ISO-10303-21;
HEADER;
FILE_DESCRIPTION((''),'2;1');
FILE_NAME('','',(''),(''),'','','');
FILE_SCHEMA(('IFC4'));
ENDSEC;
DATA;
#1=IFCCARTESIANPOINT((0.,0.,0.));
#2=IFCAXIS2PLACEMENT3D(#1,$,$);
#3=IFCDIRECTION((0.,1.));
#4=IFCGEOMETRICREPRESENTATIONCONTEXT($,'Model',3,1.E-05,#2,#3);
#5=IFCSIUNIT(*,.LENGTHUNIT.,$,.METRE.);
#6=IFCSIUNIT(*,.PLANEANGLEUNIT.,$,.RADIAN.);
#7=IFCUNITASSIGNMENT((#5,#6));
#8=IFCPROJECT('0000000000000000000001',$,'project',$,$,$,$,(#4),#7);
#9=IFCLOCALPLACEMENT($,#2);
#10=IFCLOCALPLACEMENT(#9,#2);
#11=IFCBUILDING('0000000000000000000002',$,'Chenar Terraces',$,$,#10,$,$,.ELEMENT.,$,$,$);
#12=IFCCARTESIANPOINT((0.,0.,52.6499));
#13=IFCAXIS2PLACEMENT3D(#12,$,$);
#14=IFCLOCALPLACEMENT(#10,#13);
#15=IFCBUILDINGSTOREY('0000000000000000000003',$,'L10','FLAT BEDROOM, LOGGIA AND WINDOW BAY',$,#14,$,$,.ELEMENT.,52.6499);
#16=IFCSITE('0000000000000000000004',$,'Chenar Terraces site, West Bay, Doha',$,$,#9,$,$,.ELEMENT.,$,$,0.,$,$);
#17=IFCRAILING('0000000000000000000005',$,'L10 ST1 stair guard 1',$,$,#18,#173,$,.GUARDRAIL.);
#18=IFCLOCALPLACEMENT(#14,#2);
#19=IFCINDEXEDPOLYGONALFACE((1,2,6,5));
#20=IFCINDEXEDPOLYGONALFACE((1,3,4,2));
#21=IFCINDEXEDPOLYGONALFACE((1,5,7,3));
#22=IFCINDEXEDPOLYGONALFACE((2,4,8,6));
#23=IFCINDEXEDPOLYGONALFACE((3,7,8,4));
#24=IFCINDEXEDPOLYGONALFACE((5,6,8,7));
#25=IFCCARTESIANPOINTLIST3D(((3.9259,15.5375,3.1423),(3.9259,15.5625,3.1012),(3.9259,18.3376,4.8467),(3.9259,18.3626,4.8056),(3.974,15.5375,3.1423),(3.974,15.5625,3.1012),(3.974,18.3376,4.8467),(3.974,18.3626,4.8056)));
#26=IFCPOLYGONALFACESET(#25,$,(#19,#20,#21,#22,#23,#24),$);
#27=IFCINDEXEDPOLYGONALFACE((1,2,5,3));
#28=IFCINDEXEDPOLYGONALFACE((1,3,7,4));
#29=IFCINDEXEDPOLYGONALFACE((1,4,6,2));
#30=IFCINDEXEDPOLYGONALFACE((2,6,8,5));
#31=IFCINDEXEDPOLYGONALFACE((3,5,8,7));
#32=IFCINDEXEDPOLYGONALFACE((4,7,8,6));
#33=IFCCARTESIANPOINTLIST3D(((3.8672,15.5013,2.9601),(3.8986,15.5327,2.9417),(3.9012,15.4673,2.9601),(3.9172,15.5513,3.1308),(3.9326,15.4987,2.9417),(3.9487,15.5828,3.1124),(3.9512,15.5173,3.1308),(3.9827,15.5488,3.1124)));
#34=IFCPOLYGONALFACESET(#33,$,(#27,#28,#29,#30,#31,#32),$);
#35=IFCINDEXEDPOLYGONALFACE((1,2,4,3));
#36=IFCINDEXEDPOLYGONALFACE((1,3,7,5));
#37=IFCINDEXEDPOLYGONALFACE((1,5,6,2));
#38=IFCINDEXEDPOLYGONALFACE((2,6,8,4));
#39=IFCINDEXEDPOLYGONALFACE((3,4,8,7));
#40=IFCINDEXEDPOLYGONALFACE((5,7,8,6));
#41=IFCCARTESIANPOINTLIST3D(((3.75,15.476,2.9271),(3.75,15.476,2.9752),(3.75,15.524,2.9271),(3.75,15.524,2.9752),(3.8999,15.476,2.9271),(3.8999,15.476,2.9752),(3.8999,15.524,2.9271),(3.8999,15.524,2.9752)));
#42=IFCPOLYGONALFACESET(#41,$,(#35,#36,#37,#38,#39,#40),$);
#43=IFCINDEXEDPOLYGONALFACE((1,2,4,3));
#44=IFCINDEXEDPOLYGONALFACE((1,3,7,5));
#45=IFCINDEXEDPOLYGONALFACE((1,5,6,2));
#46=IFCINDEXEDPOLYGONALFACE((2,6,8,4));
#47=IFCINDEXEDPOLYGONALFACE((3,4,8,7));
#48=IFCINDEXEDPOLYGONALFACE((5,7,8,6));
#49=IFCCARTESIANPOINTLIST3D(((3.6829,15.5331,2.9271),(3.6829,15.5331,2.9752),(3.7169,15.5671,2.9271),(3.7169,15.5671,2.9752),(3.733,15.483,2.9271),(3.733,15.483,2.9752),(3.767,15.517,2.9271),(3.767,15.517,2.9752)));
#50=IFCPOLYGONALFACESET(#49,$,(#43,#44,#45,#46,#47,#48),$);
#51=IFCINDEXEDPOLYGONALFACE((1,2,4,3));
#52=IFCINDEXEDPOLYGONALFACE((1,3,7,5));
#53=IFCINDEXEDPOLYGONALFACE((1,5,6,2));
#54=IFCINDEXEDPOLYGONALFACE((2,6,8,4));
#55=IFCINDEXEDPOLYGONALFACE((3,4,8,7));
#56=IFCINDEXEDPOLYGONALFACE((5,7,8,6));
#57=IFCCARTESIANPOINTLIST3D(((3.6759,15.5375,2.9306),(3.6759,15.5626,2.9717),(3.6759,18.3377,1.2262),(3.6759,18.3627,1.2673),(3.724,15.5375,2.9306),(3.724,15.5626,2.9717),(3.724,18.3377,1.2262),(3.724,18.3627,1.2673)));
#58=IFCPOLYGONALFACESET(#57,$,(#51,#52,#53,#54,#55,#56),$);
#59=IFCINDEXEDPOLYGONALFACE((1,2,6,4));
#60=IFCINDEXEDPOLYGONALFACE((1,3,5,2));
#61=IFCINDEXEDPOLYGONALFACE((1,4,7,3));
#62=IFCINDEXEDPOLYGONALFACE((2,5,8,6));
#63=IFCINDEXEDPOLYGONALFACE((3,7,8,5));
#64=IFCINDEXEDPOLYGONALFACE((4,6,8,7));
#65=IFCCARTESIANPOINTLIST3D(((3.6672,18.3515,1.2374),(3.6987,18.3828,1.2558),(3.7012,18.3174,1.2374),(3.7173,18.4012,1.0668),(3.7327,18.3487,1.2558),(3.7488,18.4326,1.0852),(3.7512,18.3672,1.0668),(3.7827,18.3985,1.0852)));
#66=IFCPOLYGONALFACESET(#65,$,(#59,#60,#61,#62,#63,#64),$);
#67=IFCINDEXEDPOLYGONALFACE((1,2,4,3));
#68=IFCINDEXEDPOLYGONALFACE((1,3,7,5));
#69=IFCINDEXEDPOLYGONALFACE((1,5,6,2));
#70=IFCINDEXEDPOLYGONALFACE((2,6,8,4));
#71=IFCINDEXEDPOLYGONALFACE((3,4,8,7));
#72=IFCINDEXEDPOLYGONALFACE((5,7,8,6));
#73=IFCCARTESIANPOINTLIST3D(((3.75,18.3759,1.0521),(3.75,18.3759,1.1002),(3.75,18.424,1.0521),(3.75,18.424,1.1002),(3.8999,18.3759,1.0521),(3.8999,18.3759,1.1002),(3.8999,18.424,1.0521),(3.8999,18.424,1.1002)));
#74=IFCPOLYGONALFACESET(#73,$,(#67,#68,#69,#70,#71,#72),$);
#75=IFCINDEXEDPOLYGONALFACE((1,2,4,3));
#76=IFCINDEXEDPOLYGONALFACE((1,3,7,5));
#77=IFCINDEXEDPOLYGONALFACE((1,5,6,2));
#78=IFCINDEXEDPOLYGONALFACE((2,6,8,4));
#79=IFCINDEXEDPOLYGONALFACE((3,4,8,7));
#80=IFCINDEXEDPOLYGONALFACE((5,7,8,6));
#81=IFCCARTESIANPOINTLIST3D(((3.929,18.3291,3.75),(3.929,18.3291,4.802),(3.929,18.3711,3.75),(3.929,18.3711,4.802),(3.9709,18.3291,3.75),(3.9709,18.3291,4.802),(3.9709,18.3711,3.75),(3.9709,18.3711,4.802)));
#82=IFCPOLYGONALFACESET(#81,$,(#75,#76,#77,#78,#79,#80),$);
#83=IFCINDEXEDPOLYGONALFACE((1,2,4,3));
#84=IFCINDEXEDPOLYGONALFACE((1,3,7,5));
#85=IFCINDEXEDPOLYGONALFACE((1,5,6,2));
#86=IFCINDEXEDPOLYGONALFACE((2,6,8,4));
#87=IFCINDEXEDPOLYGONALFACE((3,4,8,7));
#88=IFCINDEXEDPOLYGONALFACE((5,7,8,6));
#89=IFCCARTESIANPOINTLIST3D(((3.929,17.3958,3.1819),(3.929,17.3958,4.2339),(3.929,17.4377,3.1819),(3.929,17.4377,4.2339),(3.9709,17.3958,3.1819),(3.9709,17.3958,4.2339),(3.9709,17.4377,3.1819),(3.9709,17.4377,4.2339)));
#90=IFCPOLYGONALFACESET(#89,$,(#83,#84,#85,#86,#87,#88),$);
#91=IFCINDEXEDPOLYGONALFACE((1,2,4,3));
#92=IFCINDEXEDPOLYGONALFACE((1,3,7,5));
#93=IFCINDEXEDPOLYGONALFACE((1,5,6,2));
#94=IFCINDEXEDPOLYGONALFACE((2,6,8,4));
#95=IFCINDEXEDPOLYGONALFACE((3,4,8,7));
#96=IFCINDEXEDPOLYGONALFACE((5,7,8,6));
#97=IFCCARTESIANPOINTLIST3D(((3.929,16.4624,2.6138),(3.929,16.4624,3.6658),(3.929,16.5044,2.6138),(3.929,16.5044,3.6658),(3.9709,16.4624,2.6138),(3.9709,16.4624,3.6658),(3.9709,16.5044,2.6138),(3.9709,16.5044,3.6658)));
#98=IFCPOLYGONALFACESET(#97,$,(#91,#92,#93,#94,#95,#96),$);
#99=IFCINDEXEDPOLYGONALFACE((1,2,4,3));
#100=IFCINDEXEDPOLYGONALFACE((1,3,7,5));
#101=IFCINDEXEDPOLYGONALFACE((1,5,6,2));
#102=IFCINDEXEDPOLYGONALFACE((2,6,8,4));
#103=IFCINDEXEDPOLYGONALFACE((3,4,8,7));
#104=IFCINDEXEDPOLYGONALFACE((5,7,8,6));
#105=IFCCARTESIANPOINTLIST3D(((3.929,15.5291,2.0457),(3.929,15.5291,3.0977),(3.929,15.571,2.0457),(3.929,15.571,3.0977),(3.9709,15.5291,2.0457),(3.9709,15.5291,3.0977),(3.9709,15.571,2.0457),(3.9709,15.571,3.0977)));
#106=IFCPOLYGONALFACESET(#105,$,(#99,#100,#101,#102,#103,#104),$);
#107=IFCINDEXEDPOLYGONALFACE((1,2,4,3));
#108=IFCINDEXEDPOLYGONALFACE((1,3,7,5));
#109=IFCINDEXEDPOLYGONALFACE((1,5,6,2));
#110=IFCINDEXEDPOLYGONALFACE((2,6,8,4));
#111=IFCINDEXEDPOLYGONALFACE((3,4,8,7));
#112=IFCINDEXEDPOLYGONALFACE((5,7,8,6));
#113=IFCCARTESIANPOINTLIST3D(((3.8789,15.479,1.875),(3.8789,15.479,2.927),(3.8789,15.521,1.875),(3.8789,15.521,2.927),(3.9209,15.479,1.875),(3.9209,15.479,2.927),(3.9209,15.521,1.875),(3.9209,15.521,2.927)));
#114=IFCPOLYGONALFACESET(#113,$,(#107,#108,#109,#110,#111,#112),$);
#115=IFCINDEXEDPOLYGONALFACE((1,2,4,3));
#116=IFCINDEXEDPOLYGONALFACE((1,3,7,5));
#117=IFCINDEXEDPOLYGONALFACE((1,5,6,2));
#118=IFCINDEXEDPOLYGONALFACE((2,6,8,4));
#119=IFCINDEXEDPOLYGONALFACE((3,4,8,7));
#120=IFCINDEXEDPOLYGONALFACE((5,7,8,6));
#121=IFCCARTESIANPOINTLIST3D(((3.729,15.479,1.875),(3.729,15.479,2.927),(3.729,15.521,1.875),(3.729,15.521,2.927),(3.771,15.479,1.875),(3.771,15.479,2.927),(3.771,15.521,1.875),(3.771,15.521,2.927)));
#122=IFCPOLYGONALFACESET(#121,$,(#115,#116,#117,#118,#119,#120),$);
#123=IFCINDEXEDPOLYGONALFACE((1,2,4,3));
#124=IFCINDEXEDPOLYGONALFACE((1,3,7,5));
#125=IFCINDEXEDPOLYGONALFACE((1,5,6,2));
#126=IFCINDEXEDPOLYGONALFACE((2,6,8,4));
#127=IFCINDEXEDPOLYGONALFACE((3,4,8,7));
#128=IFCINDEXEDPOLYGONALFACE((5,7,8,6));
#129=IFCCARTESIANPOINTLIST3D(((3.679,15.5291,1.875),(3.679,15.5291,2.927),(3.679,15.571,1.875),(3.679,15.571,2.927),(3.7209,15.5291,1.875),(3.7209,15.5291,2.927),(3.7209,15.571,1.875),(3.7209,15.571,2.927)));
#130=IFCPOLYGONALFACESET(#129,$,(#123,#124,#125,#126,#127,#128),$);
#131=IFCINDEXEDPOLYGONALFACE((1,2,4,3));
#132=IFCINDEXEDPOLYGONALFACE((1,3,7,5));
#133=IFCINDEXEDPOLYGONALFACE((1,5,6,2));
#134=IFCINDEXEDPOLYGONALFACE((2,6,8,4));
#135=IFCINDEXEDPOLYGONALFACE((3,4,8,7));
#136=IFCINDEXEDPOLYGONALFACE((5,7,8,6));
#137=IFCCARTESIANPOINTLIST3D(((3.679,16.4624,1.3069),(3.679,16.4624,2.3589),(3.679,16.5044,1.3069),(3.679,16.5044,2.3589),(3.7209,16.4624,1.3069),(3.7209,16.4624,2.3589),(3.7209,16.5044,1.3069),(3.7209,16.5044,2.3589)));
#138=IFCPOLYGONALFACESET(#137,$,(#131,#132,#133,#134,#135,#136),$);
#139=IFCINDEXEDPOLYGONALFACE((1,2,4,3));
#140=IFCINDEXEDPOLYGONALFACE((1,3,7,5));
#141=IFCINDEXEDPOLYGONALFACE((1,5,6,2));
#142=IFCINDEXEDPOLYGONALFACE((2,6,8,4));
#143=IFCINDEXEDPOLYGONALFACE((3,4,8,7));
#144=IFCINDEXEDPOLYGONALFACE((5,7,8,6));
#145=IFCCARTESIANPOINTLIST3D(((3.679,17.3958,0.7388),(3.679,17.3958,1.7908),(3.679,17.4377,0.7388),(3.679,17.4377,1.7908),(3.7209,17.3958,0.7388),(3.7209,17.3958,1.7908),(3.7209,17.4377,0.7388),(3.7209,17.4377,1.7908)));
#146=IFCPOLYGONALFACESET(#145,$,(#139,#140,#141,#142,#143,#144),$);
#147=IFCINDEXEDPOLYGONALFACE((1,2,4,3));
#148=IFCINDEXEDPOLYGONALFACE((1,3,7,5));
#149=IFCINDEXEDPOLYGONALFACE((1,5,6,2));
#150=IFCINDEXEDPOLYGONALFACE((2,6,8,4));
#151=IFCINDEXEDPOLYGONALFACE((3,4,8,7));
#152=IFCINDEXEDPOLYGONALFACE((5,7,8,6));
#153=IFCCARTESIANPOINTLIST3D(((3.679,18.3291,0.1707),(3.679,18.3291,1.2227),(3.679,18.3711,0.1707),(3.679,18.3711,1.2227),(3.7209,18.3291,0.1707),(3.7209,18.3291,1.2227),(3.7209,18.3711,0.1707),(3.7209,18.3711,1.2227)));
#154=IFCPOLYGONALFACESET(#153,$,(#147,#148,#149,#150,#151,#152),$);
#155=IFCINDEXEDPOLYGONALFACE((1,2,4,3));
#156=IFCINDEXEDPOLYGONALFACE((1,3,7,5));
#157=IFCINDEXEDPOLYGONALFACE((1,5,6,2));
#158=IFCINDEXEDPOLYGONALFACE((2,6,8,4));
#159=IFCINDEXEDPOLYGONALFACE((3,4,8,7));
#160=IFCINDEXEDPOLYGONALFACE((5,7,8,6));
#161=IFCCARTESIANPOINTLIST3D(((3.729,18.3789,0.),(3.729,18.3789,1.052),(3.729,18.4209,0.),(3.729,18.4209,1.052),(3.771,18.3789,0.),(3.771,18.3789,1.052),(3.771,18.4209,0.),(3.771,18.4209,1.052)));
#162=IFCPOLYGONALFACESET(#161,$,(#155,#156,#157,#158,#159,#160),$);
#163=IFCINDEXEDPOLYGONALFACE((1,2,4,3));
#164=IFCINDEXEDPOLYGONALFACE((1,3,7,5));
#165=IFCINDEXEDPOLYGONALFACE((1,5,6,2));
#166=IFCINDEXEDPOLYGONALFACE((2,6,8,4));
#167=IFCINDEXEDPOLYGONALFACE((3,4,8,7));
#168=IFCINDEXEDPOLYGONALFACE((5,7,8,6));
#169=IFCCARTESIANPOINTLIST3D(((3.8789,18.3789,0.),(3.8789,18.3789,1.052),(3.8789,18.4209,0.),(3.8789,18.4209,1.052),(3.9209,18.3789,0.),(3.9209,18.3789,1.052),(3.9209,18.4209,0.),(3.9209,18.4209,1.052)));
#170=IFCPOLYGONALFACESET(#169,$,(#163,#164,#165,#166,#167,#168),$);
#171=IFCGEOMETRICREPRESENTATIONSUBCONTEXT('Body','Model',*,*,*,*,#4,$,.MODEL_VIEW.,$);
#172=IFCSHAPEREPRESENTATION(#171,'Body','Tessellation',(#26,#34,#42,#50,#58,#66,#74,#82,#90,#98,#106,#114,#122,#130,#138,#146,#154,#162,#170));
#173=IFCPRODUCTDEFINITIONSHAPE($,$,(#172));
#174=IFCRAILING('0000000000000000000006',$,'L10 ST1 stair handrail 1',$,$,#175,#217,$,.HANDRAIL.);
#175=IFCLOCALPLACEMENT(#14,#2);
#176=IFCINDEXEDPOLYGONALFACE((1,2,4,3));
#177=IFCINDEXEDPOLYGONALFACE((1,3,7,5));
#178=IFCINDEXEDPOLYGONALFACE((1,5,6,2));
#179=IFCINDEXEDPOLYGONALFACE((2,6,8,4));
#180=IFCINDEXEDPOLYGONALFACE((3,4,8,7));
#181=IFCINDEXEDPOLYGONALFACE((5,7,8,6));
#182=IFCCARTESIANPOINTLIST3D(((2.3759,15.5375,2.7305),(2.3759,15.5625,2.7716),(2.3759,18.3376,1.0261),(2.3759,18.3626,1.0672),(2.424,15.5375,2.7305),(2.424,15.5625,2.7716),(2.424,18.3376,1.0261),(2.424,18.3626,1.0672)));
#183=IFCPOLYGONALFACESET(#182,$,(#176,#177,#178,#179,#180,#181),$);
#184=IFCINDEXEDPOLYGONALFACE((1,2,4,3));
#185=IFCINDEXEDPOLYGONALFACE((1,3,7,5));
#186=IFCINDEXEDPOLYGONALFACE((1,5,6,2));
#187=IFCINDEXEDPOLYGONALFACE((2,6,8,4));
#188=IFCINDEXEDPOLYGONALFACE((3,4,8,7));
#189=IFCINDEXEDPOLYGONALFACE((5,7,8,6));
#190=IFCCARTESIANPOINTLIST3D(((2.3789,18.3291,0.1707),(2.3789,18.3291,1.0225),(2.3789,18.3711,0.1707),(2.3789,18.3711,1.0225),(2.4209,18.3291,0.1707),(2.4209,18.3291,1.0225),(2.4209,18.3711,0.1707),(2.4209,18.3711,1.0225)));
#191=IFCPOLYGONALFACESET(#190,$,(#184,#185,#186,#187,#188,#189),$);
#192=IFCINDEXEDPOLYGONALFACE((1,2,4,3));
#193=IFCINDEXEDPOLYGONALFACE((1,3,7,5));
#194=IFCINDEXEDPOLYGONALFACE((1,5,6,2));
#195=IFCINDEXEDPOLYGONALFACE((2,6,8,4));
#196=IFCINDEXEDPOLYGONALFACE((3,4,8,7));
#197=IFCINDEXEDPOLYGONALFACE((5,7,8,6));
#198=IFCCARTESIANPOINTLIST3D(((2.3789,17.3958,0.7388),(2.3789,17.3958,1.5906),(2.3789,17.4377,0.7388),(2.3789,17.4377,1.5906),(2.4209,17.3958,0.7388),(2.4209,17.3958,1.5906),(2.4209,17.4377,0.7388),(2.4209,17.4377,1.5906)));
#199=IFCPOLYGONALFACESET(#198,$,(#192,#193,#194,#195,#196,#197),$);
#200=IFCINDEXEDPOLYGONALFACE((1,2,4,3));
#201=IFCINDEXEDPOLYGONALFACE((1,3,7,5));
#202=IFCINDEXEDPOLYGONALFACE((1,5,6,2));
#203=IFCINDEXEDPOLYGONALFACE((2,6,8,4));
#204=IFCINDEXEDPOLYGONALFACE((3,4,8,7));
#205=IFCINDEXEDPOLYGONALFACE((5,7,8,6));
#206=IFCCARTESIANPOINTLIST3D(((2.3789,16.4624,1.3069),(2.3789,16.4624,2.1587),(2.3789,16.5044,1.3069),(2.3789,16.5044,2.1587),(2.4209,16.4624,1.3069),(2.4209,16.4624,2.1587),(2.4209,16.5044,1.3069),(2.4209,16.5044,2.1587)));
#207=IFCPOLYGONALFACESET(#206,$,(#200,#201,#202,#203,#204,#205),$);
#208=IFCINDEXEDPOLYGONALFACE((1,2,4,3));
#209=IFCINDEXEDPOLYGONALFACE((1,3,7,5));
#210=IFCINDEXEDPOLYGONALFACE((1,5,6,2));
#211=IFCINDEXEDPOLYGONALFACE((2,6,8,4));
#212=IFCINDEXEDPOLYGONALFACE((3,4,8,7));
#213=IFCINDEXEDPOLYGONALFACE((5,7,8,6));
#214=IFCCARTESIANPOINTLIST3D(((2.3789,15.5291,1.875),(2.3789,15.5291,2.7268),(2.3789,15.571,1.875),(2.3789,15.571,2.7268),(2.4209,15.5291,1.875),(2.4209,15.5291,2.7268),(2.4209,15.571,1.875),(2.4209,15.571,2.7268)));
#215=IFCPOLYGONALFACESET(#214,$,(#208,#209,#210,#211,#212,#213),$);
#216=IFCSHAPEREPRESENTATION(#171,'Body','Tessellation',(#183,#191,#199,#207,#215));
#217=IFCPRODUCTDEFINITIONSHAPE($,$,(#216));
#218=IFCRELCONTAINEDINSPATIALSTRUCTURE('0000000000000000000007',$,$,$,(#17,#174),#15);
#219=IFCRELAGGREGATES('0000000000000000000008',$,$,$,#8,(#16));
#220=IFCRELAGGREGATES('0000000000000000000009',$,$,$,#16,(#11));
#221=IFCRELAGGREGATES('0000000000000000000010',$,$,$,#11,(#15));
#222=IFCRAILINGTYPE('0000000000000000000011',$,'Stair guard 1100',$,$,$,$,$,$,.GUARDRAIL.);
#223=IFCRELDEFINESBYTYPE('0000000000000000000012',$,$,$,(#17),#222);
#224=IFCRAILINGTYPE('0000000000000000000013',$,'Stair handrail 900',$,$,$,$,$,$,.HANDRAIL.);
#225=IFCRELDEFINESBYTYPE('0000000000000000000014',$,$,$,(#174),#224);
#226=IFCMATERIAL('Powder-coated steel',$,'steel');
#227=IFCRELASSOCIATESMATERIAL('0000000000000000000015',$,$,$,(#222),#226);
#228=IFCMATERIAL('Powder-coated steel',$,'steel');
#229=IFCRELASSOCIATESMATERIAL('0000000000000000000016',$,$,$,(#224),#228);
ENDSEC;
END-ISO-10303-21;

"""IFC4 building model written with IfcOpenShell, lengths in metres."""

from ifc_helpers import new_model, si_unit, direction, frame, origin, origin_2d, place, context, subcontext, project, spatial, rectangle, extrude, material, type_object, element, save


model = new_model("IFC4")

# Units and contexts
model_context = context("Model", 3, precision=1e-05, world=origin(), true_north=direction((0.0, 1.0)))
body_context = subcontext(model_context, "Body", "Model", "MODEL_VIEW")
ifc_project = project(units=[si_unit("LENGTHUNIT", "METRE"), si_unit("PLANEANGLEUNIT", "RADIAN")], contexts=[model_context])

# Site, building, storey
site_placement = place(None, origin())
site = spatial("IfcSite", under=ifc_project, at=site_placement, Name="Chenar Terraces site, West Bay, Doha", CompositionType="ELEMENT", RefElevation=0.0)
building_placement = place(site_placement, origin())
building = spatial("IfcBuilding", under=site, at=building_placement, Name="Chenar Terraces", CompositionType="ELEMENT")
storey_placement = place(building_placement, frame((0.0, 0.0, 52.6499)))
storey = spatial("IfcBuildingStorey", under=building, at=storey_placement, Name="L10", Description="FLAT BEDROOM, LOGGIA AND WINDOW BAY", CompositionType="ELEMENT", Elevation=52.6499)

# Railings
ifc_material_1 = material(Name="Powder-coated steel", Category="steel")
railing_type_1 = type_object("IfcRailingType", Name="Stair guard 1100", PredefinedType="GUARDRAIL", material=ifc_material_1)
railing_1_placement = place(storey_placement, frame((3.95, 18.3501, 3.75)))
element("IfcRailing", 1, at=railing_1_placement, inside=storey, type_object=railing_type_1, Name="L10 ST1 stair guard 1", PredefinedType="GUARDRAIL", context=body_context, shape_type="SweptSolid", body=[
    extrude(rectangle(XDim=0.0481, YDim=0.0481, at=origin_2d()), frame((0.0, 0.0, 1.0762), z_axis=(0.0, -0.854203, -0.51994), x_axis=(1.0, 0.0, 0.0)), (0.0, 0.0, 1.0), 3.2781),
    extrude(rectangle(XDim=0.0481, YDim=0.0481, at=origin_2d()), frame((0.0, -2.8, -0.6284), z_axis=(-0.2709, -0.2709, -0.923703), x_axis=(0.707107, -0.707107, 0.0)), (0.0, 0.0, 1.0), 0.1848),
    extrude(rectangle(XDim=0.0481, YDim=0.0481, at=origin_2d()), frame((-0.05, -2.8501, -0.7988), z_axis=(-1.0, 0.0, 0.0), x_axis=(0.0, -1.0, 0.0)), (0.0, 0.0, 1.0), 0.1499),
    extrude(rectangle(XDim=0.0481, YDim=0.0481, at=origin_2d()), frame((-0.2, -2.8501, -0.7988), z_axis=(-0.707107, 0.707107, 0.0), x_axis=(-0.707107, -0.707107, 0.0)), (0.0, 0.0, 1.0), 0.0708),
    extrude(rectangle(XDim=0.0481, YDim=0.0481, at=origin_2d()), frame((-0.25, -2.8, -0.7988), z_axis=(0.0, 0.854203, -0.51994), x_axis=(-1.0, 0.0, 0.0)), (0.0, 0.0, 1.0), 3.2781),
    extrude(rectangle(XDim=0.0481, YDim=0.0481, at=origin_2d()), frame((-0.25, 0.0, -2.5034), z_axis=(0.270997, 0.269675, -0.924033), x_axis=(-0.705376, 0.708834, 0.0)), (0.0, 0.0, 1.0), 0.1846),
    extrude(rectangle(XDim=0.0481, YDim=0.0481, at=origin_2d()), frame((-0.2, 0.0498, -2.6738), z_axis=(1.0, 0.0, 0.0), x_axis=(0.0, 1.0, 0.0)), (0.0, 0.0, 1.0), 0.1499),
    extrude(rectangle(XDim=0.042, YDim=0.042, at=origin_2d()), origin(), (0.0, 0.0, 1.0), 1.052),
    extrude(rectangle(XDim=0.042, YDim=0.042, at=origin_2d()), frame((0.0, -0.9333, -0.5681)), (0.0, 0.0, 1.0), 1.052),
    extrude(rectangle(XDim=0.042, YDim=0.042, at=origin_2d()), frame((0.0, -1.8667, -1.1362)), (0.0, 0.0, 1.0), 1.052),
    extrude(rectangle(XDim=0.042, YDim=0.042, at=origin_2d()), frame((0.0, -2.8, -1.7043)), (0.0, 0.0, 1.0), 1.052),
    extrude(rectangle(XDim=0.042, YDim=0.042, at=origin_2d()), frame((-0.05, -2.8501, -1.875)), (0.0, 0.0, 1.0), 1.052),
    extrude(rectangle(XDim=0.042, YDim=0.042, at=origin_2d()), frame((-0.2, -2.8501, -1.875)), (0.0, 0.0, 1.0), 1.052),
    extrude(rectangle(XDim=0.042, YDim=0.042, at=origin_2d()), frame((-0.25, -2.8, -1.875)), (0.0, 0.0, 1.0), 1.052),
    extrude(rectangle(XDim=0.042, YDim=0.042, at=origin_2d()), frame((-0.25, -1.8667, -2.4431)), (0.0, 0.0, 1.0), 1.052),
    extrude(rectangle(XDim=0.042, YDim=0.042, at=origin_2d()), frame((-0.25, -0.9333, -3.0112)), (0.0, 0.0, 1.0), 1.052),
    extrude(rectangle(XDim=0.042, YDim=0.042, at=origin_2d()), frame((-0.25, 0.0, -3.5793)), (0.0, 0.0, 1.0), 1.052),
    extrude(rectangle(XDim=0.042, YDim=0.042, at=origin_2d()), frame((-0.2, 0.0498, -3.75)), (0.0, 0.0, 1.0), 1.052),
    extrude(rectangle(XDim=0.042, YDim=0.042, at=origin_2d()), frame((-0.05, 0.0498, -3.75)), (0.0, 0.0, 1.0), 1.052),
])
ifc_material_2 = material(Name="Powder-coated steel", Category="steel")
railing_type_2 = type_object("IfcRailingType", Name="Stair handrail 900", PredefinedType="HANDRAIL", material=ifc_material_2)
railing_2_placement = place(storey_placement, frame((2.3999, 18.3501, 0.1707)))
element("IfcRailing", 2, at=railing_2_placement, inside=storey, type_object=railing_type_2, Name="L10 ST1 stair handrail 1", PredefinedType="HANDRAIL", context=body_context, shape_type="SweptSolid", body=[
    extrude(rectangle(XDim=0.0481, YDim=0.0481, at=origin_2d()), frame((0.0, 0.0, 0.876), z_axis=(0.0, -0.854203, 0.51994), x_axis=(1.0, 0.0, 0.0)), (0.0, 0.0, 1.0), 3.2781),
    extrude(rectangle(XDim=0.042, YDim=0.042, at=origin_2d()), origin(), (0.0, 0.0, 1.0), 0.8518),
    extrude(rectangle(XDim=0.042, YDim=0.042, at=origin_2d()), frame((0.0, -0.9333, 0.5681)), (0.0, 0.0, 1.0), 0.8518),
    extrude(rectangle(XDim=0.042, YDim=0.042, at=origin_2d()), frame((0.0, -1.8667, 1.1362)), (0.0, 0.0, 1.0), 0.8518),
    extrude(rectangle(XDim=0.042, YDim=0.042, at=origin_2d()), frame((0.0, -2.8, 1.7043)), (0.0, 0.0, 1.0), 0.8518),
])

save(model, "model.ifc")
